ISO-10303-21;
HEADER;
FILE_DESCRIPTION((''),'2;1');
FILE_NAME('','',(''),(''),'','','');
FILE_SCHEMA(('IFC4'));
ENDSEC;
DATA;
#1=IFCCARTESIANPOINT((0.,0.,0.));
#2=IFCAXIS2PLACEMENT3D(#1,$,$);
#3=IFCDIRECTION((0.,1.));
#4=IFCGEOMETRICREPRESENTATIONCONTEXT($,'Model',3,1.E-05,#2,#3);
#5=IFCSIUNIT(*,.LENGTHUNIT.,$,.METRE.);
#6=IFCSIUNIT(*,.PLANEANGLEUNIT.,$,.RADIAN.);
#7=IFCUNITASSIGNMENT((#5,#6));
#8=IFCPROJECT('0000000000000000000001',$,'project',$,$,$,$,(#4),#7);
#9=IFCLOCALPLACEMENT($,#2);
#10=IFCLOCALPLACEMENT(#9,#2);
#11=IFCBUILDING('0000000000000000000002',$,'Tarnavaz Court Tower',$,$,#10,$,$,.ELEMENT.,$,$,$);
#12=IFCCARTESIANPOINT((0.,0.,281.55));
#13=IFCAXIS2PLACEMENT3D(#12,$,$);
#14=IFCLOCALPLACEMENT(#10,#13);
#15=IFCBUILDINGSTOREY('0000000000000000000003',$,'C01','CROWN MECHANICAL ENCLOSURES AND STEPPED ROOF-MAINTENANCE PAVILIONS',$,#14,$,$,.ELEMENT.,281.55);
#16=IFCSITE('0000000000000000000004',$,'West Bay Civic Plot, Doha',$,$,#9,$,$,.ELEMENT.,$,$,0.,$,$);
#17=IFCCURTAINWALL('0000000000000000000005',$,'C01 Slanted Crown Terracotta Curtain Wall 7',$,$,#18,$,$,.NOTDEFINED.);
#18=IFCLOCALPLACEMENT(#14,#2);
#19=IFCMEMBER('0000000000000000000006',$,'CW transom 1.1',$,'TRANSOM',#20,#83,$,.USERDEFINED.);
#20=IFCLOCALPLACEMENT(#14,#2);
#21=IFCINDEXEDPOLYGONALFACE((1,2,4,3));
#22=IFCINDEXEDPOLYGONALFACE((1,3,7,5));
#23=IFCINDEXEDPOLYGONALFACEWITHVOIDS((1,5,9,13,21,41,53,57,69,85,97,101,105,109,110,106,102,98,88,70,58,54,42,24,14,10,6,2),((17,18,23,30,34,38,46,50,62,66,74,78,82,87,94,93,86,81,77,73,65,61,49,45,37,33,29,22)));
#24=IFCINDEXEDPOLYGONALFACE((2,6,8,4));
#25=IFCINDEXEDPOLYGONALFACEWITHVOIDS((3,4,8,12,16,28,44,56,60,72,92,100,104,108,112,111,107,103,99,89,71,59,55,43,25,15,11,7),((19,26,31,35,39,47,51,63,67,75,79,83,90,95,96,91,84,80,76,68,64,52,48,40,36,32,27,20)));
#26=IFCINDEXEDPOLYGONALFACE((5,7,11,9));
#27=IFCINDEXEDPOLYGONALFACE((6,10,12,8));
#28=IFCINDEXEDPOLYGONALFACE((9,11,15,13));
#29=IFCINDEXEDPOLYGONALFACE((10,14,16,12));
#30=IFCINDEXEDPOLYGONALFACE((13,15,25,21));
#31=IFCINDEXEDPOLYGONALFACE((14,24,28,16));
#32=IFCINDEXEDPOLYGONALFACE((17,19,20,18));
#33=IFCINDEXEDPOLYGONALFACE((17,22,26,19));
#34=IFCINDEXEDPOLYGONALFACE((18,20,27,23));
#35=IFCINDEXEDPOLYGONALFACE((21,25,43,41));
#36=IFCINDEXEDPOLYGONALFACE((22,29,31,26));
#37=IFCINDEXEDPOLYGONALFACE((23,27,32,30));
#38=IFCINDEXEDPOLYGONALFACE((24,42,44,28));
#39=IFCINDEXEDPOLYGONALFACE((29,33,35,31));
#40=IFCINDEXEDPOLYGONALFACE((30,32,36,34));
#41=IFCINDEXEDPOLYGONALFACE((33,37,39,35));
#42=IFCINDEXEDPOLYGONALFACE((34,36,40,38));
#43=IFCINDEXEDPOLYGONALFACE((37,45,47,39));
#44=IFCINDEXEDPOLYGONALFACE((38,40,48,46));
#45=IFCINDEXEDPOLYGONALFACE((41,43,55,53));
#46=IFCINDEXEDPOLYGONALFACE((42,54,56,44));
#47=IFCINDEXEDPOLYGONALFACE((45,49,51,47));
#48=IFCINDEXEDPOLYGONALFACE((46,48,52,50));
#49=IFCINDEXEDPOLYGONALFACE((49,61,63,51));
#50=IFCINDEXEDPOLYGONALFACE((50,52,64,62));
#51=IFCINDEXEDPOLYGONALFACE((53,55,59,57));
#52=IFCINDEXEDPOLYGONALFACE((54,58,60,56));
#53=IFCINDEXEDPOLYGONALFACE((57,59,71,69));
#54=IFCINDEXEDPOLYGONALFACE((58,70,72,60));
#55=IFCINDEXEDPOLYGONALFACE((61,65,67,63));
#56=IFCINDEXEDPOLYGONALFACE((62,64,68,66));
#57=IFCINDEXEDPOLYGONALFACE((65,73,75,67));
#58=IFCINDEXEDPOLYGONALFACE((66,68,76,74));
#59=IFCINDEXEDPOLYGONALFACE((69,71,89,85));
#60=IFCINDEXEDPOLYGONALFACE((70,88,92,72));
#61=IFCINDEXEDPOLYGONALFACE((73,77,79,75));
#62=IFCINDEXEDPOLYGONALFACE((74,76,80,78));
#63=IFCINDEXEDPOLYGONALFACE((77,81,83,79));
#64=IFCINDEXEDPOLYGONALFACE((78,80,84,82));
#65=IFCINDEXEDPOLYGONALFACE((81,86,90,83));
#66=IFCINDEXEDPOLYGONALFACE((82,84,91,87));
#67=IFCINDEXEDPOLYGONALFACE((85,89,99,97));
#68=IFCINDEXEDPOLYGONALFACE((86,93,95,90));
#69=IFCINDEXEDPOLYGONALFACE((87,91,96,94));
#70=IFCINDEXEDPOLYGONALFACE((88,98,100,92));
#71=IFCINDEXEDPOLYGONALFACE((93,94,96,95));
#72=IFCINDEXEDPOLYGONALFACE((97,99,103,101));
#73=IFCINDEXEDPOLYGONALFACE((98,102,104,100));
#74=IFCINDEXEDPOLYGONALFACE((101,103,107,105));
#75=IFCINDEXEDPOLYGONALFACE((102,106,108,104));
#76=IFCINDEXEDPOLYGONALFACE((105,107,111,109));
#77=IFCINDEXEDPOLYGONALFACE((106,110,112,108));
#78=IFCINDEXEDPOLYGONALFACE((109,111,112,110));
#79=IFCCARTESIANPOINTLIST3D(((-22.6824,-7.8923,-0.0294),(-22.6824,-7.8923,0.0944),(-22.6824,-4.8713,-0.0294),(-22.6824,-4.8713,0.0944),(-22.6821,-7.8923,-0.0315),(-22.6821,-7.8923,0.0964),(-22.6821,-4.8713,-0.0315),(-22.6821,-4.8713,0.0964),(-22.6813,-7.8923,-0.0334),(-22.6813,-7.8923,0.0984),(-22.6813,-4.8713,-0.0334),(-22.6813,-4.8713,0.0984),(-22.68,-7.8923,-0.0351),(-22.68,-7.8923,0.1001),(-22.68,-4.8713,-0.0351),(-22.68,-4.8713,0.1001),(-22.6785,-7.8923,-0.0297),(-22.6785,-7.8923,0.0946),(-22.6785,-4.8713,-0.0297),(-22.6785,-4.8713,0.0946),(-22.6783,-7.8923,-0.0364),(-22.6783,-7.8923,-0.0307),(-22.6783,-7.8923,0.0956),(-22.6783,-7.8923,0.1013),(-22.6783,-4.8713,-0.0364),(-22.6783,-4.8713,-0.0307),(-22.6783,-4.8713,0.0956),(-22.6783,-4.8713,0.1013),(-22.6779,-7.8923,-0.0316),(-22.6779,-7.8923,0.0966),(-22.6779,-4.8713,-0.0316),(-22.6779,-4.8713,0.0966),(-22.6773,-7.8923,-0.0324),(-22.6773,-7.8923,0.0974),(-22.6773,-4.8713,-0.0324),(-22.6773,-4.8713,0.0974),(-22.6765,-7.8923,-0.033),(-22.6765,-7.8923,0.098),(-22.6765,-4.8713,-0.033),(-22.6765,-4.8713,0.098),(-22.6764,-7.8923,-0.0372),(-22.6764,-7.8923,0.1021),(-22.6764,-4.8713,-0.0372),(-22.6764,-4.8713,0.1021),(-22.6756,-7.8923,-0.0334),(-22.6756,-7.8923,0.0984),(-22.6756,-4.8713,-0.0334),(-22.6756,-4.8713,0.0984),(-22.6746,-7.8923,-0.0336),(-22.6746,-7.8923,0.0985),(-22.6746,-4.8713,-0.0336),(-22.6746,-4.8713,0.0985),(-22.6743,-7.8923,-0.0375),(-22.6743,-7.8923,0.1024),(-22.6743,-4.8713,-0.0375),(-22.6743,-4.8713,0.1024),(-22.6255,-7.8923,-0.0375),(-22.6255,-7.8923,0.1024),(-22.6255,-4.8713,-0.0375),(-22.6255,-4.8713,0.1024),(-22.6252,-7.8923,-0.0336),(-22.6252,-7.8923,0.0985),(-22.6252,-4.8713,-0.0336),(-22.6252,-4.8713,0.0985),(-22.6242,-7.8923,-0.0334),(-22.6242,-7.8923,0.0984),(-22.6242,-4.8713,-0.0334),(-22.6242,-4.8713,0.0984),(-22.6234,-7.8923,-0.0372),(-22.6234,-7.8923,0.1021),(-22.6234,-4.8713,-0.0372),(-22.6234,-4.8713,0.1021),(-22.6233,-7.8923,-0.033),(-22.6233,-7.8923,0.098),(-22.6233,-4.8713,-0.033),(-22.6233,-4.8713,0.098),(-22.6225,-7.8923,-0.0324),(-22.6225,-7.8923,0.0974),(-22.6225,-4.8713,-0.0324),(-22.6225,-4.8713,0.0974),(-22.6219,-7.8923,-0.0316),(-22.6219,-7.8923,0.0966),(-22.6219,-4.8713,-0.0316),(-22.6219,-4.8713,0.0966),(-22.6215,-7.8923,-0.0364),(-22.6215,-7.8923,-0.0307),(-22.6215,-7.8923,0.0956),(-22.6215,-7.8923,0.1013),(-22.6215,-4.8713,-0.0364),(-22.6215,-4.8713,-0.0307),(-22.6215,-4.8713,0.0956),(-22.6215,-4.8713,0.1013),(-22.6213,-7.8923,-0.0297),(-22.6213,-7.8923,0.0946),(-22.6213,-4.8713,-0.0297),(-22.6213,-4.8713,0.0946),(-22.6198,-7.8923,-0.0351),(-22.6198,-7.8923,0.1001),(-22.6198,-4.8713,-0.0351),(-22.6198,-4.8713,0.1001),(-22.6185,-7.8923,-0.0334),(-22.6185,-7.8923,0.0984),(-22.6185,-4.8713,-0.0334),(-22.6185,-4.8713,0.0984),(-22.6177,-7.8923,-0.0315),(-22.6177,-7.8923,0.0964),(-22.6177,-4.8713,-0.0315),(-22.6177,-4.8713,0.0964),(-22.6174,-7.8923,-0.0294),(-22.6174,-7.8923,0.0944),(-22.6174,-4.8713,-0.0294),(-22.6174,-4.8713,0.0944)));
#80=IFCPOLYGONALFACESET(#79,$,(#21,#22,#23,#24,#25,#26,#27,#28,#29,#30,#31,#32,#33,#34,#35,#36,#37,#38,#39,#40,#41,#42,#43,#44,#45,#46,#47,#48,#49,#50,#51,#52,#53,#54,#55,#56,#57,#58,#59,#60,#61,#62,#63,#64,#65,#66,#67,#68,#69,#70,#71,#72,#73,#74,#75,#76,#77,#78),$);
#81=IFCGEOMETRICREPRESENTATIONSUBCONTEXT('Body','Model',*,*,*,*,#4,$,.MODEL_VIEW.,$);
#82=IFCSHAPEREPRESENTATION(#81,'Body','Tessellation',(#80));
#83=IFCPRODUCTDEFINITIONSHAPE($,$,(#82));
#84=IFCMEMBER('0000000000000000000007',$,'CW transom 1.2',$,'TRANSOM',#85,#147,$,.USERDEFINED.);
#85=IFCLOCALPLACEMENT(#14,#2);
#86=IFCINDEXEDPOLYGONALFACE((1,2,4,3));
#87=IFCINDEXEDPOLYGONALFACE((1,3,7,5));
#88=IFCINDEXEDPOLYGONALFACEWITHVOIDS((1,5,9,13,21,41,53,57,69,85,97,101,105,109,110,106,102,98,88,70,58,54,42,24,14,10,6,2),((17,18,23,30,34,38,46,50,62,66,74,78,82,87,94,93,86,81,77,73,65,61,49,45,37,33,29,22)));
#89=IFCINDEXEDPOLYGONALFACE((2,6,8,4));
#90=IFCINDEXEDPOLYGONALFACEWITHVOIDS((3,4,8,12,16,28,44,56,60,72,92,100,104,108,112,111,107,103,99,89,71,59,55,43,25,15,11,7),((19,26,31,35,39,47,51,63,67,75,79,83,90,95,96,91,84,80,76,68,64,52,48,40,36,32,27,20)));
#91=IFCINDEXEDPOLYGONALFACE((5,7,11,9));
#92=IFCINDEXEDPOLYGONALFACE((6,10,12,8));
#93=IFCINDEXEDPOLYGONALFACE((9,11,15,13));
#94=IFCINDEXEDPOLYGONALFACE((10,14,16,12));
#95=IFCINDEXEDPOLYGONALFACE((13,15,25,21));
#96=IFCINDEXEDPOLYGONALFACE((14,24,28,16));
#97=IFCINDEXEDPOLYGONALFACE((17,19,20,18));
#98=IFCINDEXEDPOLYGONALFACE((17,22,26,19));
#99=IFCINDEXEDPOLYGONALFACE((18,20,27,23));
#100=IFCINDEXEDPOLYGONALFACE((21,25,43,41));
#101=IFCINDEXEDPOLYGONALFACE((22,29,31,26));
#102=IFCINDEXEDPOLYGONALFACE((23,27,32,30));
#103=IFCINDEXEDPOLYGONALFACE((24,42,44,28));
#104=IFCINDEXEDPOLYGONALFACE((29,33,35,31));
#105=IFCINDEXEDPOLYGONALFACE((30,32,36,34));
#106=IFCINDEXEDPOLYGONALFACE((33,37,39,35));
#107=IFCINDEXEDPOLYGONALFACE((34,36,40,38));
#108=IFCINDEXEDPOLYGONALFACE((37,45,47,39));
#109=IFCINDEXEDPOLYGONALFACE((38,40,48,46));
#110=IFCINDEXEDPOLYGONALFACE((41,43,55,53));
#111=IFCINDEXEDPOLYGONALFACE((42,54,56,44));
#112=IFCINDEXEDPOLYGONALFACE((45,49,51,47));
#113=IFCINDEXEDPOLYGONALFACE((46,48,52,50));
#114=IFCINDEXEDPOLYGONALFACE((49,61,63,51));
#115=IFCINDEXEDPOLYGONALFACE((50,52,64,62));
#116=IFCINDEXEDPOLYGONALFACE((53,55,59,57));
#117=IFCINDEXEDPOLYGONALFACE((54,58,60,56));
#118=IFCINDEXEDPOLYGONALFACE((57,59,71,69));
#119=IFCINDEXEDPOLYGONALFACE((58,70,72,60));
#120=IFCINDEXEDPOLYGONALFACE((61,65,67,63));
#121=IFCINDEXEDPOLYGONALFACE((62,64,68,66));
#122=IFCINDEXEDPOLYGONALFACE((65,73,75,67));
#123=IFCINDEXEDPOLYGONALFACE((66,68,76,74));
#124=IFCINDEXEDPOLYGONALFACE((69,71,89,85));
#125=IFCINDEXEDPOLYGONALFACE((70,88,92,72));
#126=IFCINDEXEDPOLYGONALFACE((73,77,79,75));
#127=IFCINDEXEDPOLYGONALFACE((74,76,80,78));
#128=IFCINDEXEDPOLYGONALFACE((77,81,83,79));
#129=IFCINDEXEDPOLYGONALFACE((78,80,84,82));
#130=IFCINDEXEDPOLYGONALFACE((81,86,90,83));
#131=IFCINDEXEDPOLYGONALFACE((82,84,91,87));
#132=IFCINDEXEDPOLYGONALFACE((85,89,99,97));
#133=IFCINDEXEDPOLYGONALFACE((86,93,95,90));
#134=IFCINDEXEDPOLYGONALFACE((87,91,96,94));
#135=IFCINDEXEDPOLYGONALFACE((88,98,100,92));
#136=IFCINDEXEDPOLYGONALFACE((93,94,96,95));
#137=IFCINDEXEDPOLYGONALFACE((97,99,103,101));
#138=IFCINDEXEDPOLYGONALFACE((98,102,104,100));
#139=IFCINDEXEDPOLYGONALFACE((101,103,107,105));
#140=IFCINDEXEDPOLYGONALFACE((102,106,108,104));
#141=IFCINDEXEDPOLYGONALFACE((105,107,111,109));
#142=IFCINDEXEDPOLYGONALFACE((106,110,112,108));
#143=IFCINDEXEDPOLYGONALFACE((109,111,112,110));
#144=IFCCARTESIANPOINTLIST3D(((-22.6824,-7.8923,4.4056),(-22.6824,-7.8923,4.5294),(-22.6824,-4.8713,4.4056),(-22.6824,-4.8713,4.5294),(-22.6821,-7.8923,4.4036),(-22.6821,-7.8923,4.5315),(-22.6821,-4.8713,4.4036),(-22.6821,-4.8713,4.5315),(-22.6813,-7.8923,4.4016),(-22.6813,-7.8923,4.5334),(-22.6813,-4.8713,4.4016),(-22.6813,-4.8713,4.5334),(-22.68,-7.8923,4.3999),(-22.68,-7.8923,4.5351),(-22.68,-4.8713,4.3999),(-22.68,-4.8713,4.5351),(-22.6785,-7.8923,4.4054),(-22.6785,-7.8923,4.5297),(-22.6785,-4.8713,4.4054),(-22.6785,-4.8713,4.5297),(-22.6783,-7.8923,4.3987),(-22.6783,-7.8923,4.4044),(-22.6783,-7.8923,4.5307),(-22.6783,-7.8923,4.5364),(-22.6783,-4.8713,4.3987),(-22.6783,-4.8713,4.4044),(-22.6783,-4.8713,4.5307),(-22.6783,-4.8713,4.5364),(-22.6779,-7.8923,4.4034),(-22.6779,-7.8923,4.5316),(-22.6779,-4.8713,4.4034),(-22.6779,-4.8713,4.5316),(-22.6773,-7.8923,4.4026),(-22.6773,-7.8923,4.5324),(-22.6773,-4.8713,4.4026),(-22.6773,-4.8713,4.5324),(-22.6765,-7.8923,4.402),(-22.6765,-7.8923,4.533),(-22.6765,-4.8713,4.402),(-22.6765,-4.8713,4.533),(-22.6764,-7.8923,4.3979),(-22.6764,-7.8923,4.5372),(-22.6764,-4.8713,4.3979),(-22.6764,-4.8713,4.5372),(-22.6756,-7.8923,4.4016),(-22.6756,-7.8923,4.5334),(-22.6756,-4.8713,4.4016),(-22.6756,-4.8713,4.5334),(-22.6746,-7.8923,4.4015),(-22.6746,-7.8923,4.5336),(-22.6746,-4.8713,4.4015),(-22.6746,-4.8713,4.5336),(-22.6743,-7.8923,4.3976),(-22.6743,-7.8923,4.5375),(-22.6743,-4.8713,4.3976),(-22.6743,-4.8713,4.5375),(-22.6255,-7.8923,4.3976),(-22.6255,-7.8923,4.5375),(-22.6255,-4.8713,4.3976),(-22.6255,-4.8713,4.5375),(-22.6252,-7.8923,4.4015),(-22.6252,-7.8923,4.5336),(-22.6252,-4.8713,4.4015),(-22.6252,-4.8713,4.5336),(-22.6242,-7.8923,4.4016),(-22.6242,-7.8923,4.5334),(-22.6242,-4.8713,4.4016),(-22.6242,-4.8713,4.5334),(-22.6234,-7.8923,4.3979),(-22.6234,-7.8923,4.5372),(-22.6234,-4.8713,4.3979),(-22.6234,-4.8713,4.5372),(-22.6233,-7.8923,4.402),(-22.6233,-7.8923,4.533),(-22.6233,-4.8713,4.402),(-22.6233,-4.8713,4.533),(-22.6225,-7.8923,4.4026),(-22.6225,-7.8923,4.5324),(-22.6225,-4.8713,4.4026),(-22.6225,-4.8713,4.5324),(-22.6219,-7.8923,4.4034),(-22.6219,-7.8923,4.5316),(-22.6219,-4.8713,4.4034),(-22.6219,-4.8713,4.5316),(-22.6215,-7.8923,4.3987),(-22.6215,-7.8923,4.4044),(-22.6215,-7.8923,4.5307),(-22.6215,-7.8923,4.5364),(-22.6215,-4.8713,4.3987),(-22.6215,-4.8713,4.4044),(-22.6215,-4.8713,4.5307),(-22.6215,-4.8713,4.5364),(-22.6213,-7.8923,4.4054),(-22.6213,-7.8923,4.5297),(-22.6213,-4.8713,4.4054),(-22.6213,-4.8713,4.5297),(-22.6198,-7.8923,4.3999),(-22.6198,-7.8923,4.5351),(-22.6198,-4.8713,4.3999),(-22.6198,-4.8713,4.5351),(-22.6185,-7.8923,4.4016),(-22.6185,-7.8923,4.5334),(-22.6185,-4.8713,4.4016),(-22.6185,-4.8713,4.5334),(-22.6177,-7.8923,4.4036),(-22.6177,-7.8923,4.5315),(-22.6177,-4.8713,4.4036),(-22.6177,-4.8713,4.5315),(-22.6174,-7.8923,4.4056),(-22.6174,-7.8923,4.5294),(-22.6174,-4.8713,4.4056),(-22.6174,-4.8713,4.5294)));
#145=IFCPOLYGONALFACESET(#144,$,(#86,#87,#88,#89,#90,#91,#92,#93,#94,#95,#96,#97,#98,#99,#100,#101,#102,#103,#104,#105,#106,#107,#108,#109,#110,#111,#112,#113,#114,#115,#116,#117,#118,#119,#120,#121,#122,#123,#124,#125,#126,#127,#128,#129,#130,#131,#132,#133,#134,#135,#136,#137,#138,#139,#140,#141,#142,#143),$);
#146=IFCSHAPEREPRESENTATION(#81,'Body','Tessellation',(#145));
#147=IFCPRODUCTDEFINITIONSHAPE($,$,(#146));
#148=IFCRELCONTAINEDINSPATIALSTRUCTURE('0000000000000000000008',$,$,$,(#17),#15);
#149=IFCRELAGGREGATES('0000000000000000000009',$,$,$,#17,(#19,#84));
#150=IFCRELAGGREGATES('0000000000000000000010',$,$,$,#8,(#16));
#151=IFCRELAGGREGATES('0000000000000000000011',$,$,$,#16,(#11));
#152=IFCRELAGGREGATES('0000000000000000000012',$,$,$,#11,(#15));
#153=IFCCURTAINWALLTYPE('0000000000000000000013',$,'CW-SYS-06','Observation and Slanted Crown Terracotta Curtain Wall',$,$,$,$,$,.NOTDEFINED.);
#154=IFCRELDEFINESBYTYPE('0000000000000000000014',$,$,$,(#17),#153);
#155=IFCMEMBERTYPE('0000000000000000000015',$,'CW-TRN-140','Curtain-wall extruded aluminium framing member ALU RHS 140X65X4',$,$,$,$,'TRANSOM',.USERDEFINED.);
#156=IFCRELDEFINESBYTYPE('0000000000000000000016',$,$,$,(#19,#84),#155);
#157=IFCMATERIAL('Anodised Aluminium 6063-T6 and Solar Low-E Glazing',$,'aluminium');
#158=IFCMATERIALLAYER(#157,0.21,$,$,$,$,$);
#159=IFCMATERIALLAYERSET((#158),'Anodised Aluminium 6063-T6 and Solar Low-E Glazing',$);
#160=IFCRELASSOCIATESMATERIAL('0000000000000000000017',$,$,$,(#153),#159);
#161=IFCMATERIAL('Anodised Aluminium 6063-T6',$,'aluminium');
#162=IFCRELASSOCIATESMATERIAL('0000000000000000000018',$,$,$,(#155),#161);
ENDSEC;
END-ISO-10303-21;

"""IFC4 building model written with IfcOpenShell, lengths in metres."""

from ifc_helpers import new_model, si_unit, direction, frame, origin, origin_2d, place, context, subcontext, project, spatial, hollow_rectangle, extrude, material, layer, layer_set, material_profile, profile_set, type_object, element, aggregate, save


model = new_model("IFC4")

# Units and contexts
model_context = context("Model", 3, precision=1e-05, world=origin(), true_north=direction((0.0, 1.0)))
body_context = subcontext(model_context, "Body", "Model", "MODEL_VIEW")
ifc_project = project(units=[si_unit("LENGTHUNIT", "METRE"), si_unit("PLANEANGLEUNIT", "RADIAN")], contexts=[model_context])

# Site, building, storey
site_placement = place(None, origin())
site = spatial("IfcSite", under=ifc_project, at=site_placement, Name="West Bay Civic Plot, Doha", CompositionType="ELEMENT", RefElevation=0.0)
building_placement = place(site_placement, origin())
building = spatial("IfcBuilding", under=site, at=building_placement, Name="Tarnavaz Court Tower", CompositionType="ELEMENT")
storey_placement = place(building_placement, frame((0.0, 0.0, 281.55)))
storey = spatial("IfcBuildingStorey", under=building, at=storey_placement, Name="C01", Description="CROWN MECHANICAL ENCLOSURES AND STEPPED ROOF-MAINTENANCE PAVILIONS", CompositionType="ELEMENT", Elevation=281.55)

# Shared definitions
ifc_material_1 = material(Name="Anodised Aluminium 6063-T6 and Solar Low-E Glazing", Category="aluminium")
ifc_layer_1 = layer(ifc_material_1, 0.21)
ifc_layer_set_1 = layer_set([ifc_layer_1], Name="Anodised Aluminium 6063-T6 and Solar Low-E Glazing")
curtain_wall_type = type_object("IfcCurtainWallType", Name="CW-SYS-06", Description="Observation and Slanted Crown Terracotta Curtain Wall", PredefinedType="NOTDEFINED", material=ifc_layer_set_1)
ifc_material_2 = material(Name="Anodised Aluminium 6063-T6", Category="aluminium")

# Curtain wall
curtain_wall_1_placement = place(storey_placement, origin())
curtain_wall_1 = element("IfcCurtainWall", 1, at=curtain_wall_1_placement, inside=storey, type_object=curtain_wall_type, Name="C01 Slanted Crown Terracotta Curtain Wall 7", PredefinedType="NOTDEFINED")

# Members
ifc_material_profile_1 = material_profile(ifc_material_2, hollow_rectangle(XDim=0.0649, YDim=0.1399, WallThickness=0.0039, InnerFilletRadius=0.0039, OuterFilletRadius=0.0081, at=origin_2d()), Name="ALU RHS 140X65X4")
ifc_profile_set_1 = profile_set([ifc_material_profile_1], Name="Anodised Aluminium 6063-T6")
member_type_1 = type_object("IfcMemberType", Name="CW-TRN-140", Description="Curtain-wall extruded aluminium framing member ALU RHS 140X65X4", ElementType="TRANSOM", PredefinedType="USERDEFINED", material=ifc_profile_set_1)
member_1_placement = place(storey_placement, frame((-22.6499, -7.8923, 0.0325), z_axis=(0.0, 1.0, 0.0), x_axis=(-1.0, 0.0, 0.0)))
member_1 = element("IfcMember", 2, at=member_1_placement, type_object=member_type_1, Name="CW transom 1.1", ObjectType="TRANSOM", PredefinedType="USERDEFINED", context=body_context, shape_type="SweptSolid", body=[
    extrude(hollow_rectangle(XDim=0.0649, YDim=0.1399, WallThickness=0.0039, InnerFilletRadius=0.0039, OuterFilletRadius=0.0081, at=origin_2d()), origin(), (0.0, 0.0, 1.0), 3.021),
])
member_2_placement = place(storey_placement, frame((-22.6499, -7.8923, 4.4675), z_axis=(0.0, 1.0, 0.0), x_axis=(-1.0, 0.0, 0.0)))
member_2 = element("IfcMember", 3, at=member_2_placement, type_object=member_type_1, Name="CW transom 1.2", ObjectType="TRANSOM", PredefinedType="USERDEFINED", context=body_context, shape_type="SweptSolid", body=[
    extrude(hollow_rectangle(XDim=0.0649, YDim=0.1399, WallThickness=0.0039, InnerFilletRadius=0.0039, OuterFilletRadius=0.0081, at=origin_2d()), origin(), (0.0, 0.0, 1.0), 3.021),
])

aggregate(curtain_wall_1, [member_1, member_2])

save(model, "model.ifc")
